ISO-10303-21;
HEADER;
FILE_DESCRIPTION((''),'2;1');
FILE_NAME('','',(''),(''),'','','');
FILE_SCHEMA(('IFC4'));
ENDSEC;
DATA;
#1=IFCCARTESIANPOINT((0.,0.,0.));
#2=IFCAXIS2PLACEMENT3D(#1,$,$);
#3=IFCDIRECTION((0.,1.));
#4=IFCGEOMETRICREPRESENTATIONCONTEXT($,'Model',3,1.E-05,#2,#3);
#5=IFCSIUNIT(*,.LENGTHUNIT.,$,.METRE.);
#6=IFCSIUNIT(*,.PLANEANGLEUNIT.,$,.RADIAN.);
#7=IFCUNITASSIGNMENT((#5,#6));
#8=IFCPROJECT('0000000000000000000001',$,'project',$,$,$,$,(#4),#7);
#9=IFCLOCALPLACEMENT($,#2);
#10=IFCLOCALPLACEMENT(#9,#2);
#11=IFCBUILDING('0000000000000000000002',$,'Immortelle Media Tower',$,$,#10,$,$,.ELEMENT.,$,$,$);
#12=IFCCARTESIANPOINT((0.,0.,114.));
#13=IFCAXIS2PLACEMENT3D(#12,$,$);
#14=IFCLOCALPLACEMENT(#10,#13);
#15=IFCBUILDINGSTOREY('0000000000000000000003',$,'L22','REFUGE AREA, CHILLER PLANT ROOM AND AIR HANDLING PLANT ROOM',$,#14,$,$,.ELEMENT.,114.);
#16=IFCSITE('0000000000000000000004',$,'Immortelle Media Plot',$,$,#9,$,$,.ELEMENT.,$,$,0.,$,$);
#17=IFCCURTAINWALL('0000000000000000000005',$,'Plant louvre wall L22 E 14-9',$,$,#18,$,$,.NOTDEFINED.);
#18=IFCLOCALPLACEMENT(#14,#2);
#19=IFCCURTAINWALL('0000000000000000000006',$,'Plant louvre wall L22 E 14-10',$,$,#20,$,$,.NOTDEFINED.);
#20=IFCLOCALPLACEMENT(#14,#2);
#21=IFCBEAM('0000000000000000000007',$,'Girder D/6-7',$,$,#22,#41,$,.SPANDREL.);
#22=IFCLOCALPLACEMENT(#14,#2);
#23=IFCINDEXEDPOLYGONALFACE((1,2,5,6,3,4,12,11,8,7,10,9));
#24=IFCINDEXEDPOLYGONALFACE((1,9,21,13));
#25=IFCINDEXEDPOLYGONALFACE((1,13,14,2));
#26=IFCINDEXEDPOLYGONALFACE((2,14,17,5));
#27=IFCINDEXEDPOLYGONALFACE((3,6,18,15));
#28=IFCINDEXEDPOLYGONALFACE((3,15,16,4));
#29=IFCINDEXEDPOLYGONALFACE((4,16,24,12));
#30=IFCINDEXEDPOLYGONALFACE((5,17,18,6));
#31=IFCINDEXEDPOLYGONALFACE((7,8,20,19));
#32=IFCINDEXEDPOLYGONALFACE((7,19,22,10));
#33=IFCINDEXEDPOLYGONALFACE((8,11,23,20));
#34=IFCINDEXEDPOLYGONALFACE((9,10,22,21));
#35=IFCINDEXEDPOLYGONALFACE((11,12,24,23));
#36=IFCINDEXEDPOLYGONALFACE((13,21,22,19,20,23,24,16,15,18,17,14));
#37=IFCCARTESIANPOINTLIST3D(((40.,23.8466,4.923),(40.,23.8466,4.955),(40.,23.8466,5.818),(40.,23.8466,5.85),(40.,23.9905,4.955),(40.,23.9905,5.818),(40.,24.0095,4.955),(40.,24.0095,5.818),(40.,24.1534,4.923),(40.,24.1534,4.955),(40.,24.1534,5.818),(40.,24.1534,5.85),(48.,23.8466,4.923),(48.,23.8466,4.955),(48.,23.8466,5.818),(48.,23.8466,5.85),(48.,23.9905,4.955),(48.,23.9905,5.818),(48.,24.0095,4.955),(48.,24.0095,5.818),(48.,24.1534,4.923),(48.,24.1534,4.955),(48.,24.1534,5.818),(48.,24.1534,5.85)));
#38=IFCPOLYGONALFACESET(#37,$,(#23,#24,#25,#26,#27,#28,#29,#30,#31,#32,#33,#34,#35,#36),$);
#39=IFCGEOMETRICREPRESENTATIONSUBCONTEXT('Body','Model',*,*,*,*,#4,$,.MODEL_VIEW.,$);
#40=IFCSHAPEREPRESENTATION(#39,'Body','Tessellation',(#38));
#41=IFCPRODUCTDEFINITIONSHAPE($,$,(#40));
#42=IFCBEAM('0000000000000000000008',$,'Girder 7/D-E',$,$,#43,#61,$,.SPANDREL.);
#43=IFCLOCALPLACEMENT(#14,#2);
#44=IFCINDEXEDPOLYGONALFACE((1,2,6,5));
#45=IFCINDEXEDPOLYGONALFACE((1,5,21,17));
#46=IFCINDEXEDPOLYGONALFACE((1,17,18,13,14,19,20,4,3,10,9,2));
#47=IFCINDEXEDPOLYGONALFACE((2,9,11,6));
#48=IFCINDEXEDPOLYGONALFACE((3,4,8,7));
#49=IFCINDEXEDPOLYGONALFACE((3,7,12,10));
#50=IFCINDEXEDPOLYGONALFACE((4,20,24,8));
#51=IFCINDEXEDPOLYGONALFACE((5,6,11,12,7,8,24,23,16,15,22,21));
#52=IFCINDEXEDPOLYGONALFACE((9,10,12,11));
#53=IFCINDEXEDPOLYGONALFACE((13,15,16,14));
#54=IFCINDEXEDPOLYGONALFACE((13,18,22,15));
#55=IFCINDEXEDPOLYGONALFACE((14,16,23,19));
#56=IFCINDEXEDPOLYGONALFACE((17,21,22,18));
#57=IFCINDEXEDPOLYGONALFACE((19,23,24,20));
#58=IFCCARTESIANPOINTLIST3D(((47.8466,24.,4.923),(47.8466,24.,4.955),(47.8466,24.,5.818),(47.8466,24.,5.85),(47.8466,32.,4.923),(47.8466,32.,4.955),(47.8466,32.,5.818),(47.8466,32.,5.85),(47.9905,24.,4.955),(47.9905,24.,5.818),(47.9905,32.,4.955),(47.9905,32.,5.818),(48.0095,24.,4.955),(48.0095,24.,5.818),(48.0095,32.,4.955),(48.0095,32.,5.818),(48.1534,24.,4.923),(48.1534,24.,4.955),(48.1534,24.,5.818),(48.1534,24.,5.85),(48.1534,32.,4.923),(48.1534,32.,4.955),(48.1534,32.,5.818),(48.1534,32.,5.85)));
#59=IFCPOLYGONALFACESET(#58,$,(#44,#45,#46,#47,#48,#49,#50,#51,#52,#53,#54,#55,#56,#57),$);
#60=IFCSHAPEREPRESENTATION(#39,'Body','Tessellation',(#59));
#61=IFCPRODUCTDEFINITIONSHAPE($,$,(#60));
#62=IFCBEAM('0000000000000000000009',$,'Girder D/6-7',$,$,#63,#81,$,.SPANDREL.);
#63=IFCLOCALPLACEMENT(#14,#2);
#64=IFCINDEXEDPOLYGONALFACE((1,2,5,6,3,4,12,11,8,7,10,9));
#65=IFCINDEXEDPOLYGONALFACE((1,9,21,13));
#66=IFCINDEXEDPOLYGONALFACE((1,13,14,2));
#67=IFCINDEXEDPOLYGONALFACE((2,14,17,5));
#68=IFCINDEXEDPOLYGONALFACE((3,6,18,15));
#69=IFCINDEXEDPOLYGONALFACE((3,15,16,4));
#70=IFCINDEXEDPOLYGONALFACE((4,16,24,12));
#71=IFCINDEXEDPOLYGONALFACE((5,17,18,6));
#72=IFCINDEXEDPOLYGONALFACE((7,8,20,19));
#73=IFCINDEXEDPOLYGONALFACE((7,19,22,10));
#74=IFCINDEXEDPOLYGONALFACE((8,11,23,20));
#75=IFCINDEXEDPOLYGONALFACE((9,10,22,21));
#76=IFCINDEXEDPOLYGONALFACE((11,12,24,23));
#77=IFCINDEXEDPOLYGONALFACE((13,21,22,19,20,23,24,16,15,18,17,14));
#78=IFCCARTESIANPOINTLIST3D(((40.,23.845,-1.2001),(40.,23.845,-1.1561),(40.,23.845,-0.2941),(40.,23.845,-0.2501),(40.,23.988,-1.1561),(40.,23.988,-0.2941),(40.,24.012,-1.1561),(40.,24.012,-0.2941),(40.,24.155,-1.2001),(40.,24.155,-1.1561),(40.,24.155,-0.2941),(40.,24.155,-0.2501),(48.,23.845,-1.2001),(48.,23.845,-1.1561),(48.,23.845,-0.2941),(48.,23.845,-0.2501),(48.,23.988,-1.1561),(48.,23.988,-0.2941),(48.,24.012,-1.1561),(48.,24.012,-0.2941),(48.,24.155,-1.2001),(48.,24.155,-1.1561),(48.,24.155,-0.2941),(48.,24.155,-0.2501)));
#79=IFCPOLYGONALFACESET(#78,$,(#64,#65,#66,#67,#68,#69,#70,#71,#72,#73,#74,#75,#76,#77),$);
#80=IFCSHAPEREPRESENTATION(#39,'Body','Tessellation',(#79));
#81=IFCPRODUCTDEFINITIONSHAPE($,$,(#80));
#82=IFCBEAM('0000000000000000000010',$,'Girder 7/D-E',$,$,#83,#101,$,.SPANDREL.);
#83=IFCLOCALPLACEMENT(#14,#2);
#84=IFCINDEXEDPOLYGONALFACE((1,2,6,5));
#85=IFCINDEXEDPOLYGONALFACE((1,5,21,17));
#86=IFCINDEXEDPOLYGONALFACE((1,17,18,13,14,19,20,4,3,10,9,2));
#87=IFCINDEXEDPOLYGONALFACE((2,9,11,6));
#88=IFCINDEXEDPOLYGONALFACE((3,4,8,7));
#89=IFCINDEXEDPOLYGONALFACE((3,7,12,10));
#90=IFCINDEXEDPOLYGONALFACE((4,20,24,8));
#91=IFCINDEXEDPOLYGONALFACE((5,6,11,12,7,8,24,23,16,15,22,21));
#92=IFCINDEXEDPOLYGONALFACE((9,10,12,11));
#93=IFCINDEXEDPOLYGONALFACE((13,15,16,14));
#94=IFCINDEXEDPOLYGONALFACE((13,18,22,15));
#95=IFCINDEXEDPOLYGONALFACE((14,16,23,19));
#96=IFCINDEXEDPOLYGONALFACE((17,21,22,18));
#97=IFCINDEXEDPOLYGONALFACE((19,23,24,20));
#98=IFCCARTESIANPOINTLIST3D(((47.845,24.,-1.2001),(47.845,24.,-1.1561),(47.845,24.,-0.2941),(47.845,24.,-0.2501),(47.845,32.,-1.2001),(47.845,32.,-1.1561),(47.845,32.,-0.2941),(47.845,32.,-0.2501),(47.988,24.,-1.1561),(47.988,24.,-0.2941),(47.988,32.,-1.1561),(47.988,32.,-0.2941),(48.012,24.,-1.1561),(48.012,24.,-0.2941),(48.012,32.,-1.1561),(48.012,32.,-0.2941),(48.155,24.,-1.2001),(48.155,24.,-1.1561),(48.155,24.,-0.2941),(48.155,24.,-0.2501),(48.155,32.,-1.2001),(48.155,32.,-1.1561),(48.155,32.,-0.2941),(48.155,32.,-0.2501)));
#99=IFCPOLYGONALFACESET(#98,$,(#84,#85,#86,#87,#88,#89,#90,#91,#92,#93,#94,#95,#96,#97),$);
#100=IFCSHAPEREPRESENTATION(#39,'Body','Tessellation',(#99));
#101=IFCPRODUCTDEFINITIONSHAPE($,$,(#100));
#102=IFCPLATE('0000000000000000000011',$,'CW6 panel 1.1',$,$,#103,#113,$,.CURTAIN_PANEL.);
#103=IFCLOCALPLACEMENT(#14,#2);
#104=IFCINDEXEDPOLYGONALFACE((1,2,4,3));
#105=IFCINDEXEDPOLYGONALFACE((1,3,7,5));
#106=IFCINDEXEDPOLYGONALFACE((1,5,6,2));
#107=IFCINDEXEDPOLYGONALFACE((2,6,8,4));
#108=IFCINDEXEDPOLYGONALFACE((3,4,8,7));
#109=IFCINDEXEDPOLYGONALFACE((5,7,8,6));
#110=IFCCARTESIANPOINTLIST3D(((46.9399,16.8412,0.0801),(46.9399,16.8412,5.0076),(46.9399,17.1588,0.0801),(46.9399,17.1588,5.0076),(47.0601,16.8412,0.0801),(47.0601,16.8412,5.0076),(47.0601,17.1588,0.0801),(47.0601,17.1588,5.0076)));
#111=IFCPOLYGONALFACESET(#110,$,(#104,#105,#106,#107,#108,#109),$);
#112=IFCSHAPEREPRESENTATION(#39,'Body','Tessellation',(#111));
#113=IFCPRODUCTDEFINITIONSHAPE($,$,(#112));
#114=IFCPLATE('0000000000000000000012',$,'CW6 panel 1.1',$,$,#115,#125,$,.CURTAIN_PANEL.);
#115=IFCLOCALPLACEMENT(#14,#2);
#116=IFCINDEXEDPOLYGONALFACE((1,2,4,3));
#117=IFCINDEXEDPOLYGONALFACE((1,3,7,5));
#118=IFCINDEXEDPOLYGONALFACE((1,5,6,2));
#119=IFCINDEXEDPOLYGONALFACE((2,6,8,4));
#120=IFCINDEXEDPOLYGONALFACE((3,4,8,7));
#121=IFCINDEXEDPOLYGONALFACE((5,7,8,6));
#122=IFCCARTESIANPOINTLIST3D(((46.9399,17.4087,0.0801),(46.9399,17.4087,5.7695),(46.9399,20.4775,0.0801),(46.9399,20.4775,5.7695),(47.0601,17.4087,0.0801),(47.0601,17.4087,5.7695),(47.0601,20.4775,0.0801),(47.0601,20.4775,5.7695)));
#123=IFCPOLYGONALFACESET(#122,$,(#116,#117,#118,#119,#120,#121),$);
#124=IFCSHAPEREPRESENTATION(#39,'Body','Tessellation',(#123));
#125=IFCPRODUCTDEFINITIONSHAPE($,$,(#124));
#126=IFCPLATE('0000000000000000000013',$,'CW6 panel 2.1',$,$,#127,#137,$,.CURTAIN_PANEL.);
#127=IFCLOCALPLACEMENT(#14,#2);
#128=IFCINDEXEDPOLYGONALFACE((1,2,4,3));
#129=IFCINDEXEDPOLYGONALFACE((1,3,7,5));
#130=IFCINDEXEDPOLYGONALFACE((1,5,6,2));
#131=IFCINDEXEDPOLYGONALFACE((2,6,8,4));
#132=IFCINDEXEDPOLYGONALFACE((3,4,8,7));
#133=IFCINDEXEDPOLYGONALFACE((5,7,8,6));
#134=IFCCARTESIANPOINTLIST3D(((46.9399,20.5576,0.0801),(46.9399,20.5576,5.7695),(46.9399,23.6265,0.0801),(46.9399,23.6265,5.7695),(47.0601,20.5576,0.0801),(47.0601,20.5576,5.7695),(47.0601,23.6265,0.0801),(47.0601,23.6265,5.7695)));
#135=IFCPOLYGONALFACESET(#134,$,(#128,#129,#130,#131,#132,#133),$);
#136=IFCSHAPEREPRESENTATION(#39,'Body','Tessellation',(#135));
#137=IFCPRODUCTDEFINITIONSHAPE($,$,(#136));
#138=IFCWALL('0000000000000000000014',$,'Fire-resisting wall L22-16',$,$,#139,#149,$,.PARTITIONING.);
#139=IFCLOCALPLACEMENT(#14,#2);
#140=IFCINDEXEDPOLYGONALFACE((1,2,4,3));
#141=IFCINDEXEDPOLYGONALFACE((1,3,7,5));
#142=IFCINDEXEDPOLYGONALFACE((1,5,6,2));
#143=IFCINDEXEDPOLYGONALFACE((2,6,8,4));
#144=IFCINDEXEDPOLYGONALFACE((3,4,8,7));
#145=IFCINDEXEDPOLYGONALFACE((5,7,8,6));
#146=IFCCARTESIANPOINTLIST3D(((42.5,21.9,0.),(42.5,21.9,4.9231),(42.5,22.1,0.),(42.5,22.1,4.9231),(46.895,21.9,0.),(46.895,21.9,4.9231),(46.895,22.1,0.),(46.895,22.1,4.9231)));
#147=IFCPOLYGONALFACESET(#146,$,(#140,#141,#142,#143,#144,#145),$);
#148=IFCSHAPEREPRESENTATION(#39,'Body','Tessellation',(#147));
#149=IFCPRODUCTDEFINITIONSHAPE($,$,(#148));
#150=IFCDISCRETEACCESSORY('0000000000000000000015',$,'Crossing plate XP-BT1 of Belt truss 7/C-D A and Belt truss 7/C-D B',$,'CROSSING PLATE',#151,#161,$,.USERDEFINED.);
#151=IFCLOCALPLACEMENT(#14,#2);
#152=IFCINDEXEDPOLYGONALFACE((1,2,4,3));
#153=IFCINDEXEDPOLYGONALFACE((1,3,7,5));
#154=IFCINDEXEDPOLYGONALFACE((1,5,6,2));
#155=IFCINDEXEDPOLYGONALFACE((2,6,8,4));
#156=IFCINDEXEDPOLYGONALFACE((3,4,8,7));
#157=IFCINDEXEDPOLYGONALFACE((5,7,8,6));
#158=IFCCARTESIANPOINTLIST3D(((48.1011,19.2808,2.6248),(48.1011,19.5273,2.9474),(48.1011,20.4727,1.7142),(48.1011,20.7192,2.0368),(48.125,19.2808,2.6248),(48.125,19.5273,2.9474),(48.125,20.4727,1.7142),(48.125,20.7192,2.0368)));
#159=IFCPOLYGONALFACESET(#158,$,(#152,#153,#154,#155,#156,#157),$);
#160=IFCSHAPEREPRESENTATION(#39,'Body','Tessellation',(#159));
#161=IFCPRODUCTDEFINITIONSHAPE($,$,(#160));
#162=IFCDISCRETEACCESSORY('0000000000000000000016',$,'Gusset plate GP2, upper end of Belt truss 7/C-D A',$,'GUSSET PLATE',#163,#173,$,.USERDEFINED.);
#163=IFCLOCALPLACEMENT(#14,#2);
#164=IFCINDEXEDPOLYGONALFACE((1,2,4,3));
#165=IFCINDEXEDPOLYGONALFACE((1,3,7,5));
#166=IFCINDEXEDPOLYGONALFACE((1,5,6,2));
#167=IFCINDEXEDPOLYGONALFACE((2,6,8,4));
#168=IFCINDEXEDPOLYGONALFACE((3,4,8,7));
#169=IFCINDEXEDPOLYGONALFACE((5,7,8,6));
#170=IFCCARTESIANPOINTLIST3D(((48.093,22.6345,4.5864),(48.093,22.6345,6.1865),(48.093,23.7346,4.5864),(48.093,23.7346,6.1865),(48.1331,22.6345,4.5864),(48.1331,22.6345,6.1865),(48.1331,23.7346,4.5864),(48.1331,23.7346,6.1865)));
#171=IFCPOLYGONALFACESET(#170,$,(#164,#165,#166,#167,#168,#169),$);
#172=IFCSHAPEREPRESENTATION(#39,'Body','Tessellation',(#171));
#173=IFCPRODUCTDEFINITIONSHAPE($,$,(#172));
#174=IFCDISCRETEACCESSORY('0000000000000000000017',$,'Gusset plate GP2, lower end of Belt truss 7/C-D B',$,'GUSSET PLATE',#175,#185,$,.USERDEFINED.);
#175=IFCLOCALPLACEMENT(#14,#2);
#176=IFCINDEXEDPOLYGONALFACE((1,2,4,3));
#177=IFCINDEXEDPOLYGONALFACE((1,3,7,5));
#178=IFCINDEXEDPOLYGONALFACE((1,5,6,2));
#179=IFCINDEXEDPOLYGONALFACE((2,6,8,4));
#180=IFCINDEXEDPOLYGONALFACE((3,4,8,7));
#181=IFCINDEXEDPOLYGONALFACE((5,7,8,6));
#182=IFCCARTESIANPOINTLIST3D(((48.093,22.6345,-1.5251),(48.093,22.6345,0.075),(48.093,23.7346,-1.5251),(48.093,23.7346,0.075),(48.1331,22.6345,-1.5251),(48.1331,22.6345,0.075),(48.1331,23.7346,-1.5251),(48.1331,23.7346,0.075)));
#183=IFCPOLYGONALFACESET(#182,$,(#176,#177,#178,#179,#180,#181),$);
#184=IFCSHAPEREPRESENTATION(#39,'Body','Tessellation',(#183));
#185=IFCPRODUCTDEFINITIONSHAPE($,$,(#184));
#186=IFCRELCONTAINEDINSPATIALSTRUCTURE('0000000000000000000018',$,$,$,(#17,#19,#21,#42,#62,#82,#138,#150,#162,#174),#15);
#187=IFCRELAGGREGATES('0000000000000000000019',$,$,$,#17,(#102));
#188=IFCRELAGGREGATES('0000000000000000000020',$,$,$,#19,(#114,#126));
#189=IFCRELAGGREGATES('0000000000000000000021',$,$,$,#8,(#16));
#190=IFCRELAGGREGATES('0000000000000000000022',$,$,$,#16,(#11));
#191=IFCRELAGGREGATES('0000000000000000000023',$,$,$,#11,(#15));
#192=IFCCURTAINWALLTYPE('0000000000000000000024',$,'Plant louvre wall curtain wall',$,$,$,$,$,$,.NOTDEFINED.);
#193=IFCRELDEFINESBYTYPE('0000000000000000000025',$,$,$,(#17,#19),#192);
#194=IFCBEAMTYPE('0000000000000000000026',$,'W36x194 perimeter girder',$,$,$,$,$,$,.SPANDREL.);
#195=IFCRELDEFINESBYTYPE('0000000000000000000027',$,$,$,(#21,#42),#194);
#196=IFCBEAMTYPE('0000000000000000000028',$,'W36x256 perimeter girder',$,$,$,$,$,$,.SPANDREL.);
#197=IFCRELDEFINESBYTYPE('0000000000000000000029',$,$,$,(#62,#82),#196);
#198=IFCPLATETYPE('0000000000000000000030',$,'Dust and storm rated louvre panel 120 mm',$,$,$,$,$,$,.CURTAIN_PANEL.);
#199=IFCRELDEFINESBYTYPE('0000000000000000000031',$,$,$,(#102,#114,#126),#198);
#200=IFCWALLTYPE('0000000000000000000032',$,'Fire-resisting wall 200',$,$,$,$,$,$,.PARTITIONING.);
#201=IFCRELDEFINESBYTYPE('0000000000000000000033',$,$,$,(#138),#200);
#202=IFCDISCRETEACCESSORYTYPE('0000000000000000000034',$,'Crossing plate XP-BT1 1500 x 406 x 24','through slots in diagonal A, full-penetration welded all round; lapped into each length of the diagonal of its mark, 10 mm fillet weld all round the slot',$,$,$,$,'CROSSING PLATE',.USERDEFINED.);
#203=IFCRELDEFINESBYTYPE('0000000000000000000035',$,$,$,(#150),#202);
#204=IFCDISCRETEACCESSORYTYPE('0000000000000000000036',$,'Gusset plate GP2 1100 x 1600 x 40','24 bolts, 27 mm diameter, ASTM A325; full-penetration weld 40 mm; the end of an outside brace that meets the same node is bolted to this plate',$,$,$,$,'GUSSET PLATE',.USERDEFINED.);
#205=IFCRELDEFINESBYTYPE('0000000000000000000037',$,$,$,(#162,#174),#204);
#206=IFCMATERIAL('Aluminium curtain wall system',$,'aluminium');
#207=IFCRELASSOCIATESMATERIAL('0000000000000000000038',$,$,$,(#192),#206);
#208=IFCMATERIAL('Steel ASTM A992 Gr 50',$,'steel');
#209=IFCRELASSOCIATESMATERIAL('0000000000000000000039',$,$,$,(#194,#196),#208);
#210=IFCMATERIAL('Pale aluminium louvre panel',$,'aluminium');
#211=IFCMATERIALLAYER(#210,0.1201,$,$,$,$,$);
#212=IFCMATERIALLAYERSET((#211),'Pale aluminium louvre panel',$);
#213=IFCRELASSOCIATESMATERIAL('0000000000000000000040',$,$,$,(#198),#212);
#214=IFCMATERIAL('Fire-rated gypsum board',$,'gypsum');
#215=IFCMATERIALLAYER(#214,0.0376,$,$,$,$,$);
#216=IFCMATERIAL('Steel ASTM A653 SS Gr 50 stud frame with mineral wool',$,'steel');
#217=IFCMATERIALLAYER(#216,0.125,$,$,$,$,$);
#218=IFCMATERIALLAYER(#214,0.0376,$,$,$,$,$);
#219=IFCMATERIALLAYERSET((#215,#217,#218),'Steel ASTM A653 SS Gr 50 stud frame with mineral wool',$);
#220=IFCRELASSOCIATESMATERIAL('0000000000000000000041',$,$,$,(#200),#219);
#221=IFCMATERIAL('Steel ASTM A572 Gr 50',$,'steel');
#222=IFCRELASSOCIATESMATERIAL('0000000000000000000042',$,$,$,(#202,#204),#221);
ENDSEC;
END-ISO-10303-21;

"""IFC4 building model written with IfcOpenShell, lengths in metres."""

from ifc_helpers import new_model, si_unit, direction, frame, frame_2d, origin, origin_2d, place, context, subcontext, project, spatial, rectangle, i_section, extrude, material, layer, layer_set, material_profile, profile_set, type_object, element, aggregate, save


model = new_model("IFC4")

# Units and contexts
model_context = context("Model", 3, precision=1e-05, world=origin(), true_north=direction((0.0, 1.0)))
body_context = subcontext(model_context, "Body", "Model", "MODEL_VIEW")
ifc_project = project(units=[si_unit("LENGTHUNIT", "METRE"), si_unit("PLANEANGLEUNIT", "RADIAN")], contexts=[model_context])

# Site, building, storey
site_placement = place(None, origin())
site = spatial("IfcSite", under=ifc_project, at=site_placement, Name="Immortelle Media Plot", CompositionType="ELEMENT", RefElevation=0.0)
building_placement = place(site_placement, origin())
building = spatial("IfcBuilding", under=site, at=building_placement, Name="Immortelle Media Tower", CompositionType="ELEMENT")
storey_placement = place(building_placement, frame((0.0, 0.0, 114.0)))
storey = spatial("IfcBuildingStorey", under=building, at=storey_placement, Name="L22", Description="REFUGE AREA, CHILLER PLANT ROOM AND AIR HANDLING PLANT ROOM", CompositionType="ELEMENT", Elevation=114.0)

# Shared definitions
ifc_material_1 = material(Name="Steel ASTM A992 Gr 50", Category="steel")

# Curtain walls
ifc_material_2 = material(Name="Aluminium curtain wall system", Category="aluminium")
curtain_wall_type = type_object("IfcCurtainWallType", Name="Plant louvre wall curtain wall", PredefinedType="NOTDEFINED", material=ifc_material_2)
curtain_wall_1_placement = place(storey_placement, origin())
curtain_wall_1 = element("IfcCurtainWall", 1, at=curtain_wall_1_placement, inside=storey, type_object=curtain_wall_type, Name="Plant louvre wall L22 E 14-9", PredefinedType="NOTDEFINED")
curtain_wall_2_placement = place(storey_placement, origin())
curtain_wall_2 = element("IfcCurtainWall", 2, at=curtain_wall_2_placement, inside=storey, type_object=curtain_wall_type, Name="Plant louvre wall L22 E 14-10", PredefinedType="NOTDEFINED")

# Beams
ifc_material_profile_1 = material_profile(ifc_material_1, i_section(OverallWidth=0.3069, OverallDepth=0.927, WebThickness=0.019, FlangeThickness=0.032, at=origin_2d()), Name="W36x194")
ifc_profile_set_1 = profile_set([ifc_material_profile_1], Name="Steel ASTM A992 Gr 50")
beam_type_1 = type_object("IfcBeamType", Name="W36x194 perimeter girder", PredefinedType="SPANDREL", material=ifc_profile_set_1)
for number, where, z_axis, x_axis, name in (
    (3, (40.0, 24.0, 5.3865), (1.0, 0.0, 0.0), (0.0, 1.0, 0.0), "Girder D/6-7"),
    (4, (48.0, 24.0, 5.3865), (0.0, 1.0, 0.0), (-1.0, 0.0, 0.0), "Girder 7/D-E"),
):
    element("IfcBeam", number, at=place(storey_placement, frame(where, z_axis=z_axis, x_axis=x_axis)), inside=storey, type_object=beam_type_1, Name=name, PredefinedType="SPANDREL", context=body_context, shape_type="SweptSolid", body=[
        extrude(i_section(OverallWidth=0.3069, OverallDepth=0.927, WebThickness=0.019, FlangeThickness=0.032, at=origin_2d()), origin(), (0.0, 0.0, 1.0), 8.0),
    ])
ifc_material_profile_2 = material_profile(ifc_material_1, i_section(OverallWidth=0.3101, OverallDepth=0.95, WebThickness=0.0239, FlangeThickness=0.0439, at=origin_2d()), Name="W36x256")
ifc_profile_set_2 = profile_set([ifc_material_profile_2], Name="Steel ASTM A992 Gr 50")
beam_type_2 = type_object("IfcBeamType", Name="W36x256 perimeter girder", PredefinedType="SPANDREL", material=ifc_profile_set_2)
for number, where, z_axis, x_axis, name in (
    (5, (40.0, 24.0, -0.7251), (1.0, 0.0, 0.0), (0.0, 1.0, 0.0), "Girder D/6-7"),
    (6, (48.0, 24.0, -0.7251), (0.0, 1.0, 0.0), (-1.0, 0.0, 0.0), "Girder 7/D-E"),
):
    element("IfcBeam", number, at=place(storey_placement, frame(where, z_axis=z_axis, x_axis=x_axis)), inside=storey, type_object=beam_type_2, Name=name, PredefinedType="SPANDREL", context=body_context, shape_type="SweptSolid", body=[
        extrude(i_section(OverallWidth=0.3101, OverallDepth=0.95, WebThickness=0.0239, FlangeThickness=0.0439, at=origin_2d()), origin(), (0.0, 0.0, 1.0), 8.0),
    ])

# Plates
ifc_material_3 = material(Name="Pale aluminium louvre panel", Category="aluminium")
ifc_layer_1 = layer(ifc_material_3, 0.1201)
ifc_layer_set_1 = layer_set([ifc_layer_1], Name="Pale aluminium louvre panel")
plate_type = type_object("IfcPlateType", Name="Dust and storm rated louvre panel 120 mm", PredefinedType="CURTAIN_PANEL", material=ifc_layer_set_1)
plate_1_placement = place(storey_placement, frame((47.0, 17.0, 0.0801), z_axis=(0.0, 0.0, 1.0), x_axis=(0.0, 1.0, 0.0)))
plate_1 = element("IfcPlate", 7, at=plate_1_placement, type_object=plate_type, Name="CW6 panel 1.1", PredefinedType="CURTAIN_PANEL", context=body_context, shape_type="SweptSolid", body=[
    extrude(rectangle(XDim=0.3176, YDim=0.1201, at=origin_2d()), origin(), (0.0, 0.0, 1.0), 4.9275),
])
aggregate(curtain_wall_1, [plate_1])
plate_2_placement = place(storey_placement, frame((47.0, 18.9431, 0.0801), z_axis=(0.0, 0.0, 1.0), x_axis=(0.0, 1.0, 0.0)))
plate_2 = element("IfcPlate", 8, at=plate_2_placement, type_object=plate_type, Name="CW6 panel 1.1", PredefinedType="CURTAIN_PANEL", context=body_context, shape_type="SweptSolid", body=[
    extrude(rectangle(XDim=3.0688, YDim=0.1201, at=origin_2d()), origin(), (0.0, 0.0, 1.0), 5.6895),
])
plate_3_placement = place(storey_placement, frame((47.0, 22.092, 0.0801), z_axis=(0.0, 0.0, 1.0), x_axis=(0.0, 1.0, 0.0)))
plate_3 = element("IfcPlate", 9, at=plate_3_placement, type_object=plate_type, Name="CW6 panel 2.1", PredefinedType="CURTAIN_PANEL", context=body_context, shape_type="SweptSolid", body=[
    extrude(rectangle(XDim=3.0688, YDim=0.1201, at=origin_2d()), origin(), (0.0, 0.0, 1.0), 5.6895),
])
aggregate(curtain_wall_2, [plate_2, plate_3])

# Wall
ifc_material_4 = material(Name="Fire-rated gypsum board", Category="gypsum")
ifc_layer_2 = layer(ifc_material_4, 0.0376)
ifc_material_5 = material(Name="Steel ASTM A653 SS Gr 50 stud frame with mineral wool", Category="steel")
ifc_layer_3 = layer(ifc_material_5, 0.125)
ifc_layer_4 = layer(ifc_material_4, 0.0376)
ifc_layer_set_2 = layer_set([ifc_layer_2, ifc_layer_3, ifc_layer_4], Name="Steel ASTM A653 SS Gr 50 stud frame with mineral wool")
wall_type = type_object("IfcWallType", Name="Fire-resisting wall 200", PredefinedType="PARTITIONING", material=ifc_layer_set_2)
wall_placement = place(storey_placement, frame((42.5, 22.0, 0.0), z_axis=(0.0, 0.0, 1.0), x_axis=(1.0, 0.0, 0.0)))
element("IfcWall", 10, at=wall_placement, inside=storey, type_object=wall_type, Name="Fire-resisting wall L22-16", PredefinedType="PARTITIONING", context=body_context, shape_type="SweptSolid", body=[
    extrude(rectangle(XDim=4.395, YDim=0.2, at=frame_2d((2.1975, 0.0))), origin(), (0.0, 0.0, 1.0), 4.9231),
])

# Discrete accessories
ifc_material_6 = material(Name="Steel ASTM A572 Gr 50", Category="steel")
ifc_material_profile_3 = material_profile(ifc_material_6, rectangle(XDim=0.0239, YDim=0.406, at=origin_2d()), Name="PL 24 x 406")
ifc_profile_set_3 = profile_set([ifc_material_profile_3], Name="Steel ASTM A572 Gr 50")
discrete_accessory_type_1 = type_object("IfcDiscreteAccessoryType", Name="Crossing plate XP-BT1 1500 x 406 x 24", Description="through slots in diagonal A, full-penetration welded all round; lapped into each length of the diagonal of its mark, 10 mm fillet weld all round the slot", ElementType="CROSSING PLATE", PredefinedType="USERDEFINED", material=ifc_profile_set_3)
discrete_accessory_placement = place(storey_placement, frame((48.113, 19.4041, 2.7861), z_axis=(0.0, 0.794616, -0.607112), x_axis=(-1.0, 0.0, 0.0)))
element("IfcDiscreteAccessory", 11, at=discrete_accessory_placement, inside=storey, type_object=discrete_accessory_type_1, Name="Crossing plate XP-BT1 of Belt truss 7/C-D A and Belt truss 7/C-D B", ObjectType="CROSSING PLATE", PredefinedType="USERDEFINED", context=body_context, shape_type="SweptSolid", body=[
    extrude(rectangle(XDim=0.0239, YDim=0.406, at=origin_2d()), origin(), (0.0, 0.0, 1.0), 1.5),
])
ifc_material_profile_4 = material_profile(ifc_material_6, rectangle(XDim=0.04, YDim=1.6001, at=origin_2d()), Name="PL 40 x 1600")
ifc_profile_set_4 = profile_set([ifc_material_profile_4], Name="Steel ASTM A572 Gr 50")
discrete_accessory_type_2 = type_object("IfcDiscreteAccessoryType", Name="Gusset plate GP2 1100 x 1600 x 40", Description="24 bolts, 27 mm diameter, ASTM A325; full-penetration weld 40 mm; the end of an outside brace that meets the same node is bolted to this plate", ElementType="GUSSET PLATE", PredefinedType="USERDEFINED", material=ifc_profile_set_4)
for number, where, z_axis, x_axis, name in (
    (12, (48.113, 23.7346, 5.3865), (0.0, -1.0, 0.0), (1.0, 0.0, 0.0), "Gusset plate GP2, upper end of Belt truss 7/C-D A"),
    (13, (48.113, 23.7346, -0.7251), (0.0, -1.0, 0.0), (1.0, 0.0, 0.0), "Gusset plate GP2, lower end of Belt truss 7/C-D B"),
):
    element("IfcDiscreteAccessory", number, at=place(storey_placement, frame(where, z_axis=z_axis, x_axis=x_axis)), inside=storey, type_object=discrete_accessory_type_2, Name=name, ObjectType="GUSSET PLATE", PredefinedType="USERDEFINED", context=body_context, shape_type="SweptSolid", body=[
        extrude(rectangle(XDim=0.04, YDim=1.6001, at=origin_2d()), origin(), (0.0, 0.0, 1.0), 1.1001),
    ])

save(model, "model.ifc")
